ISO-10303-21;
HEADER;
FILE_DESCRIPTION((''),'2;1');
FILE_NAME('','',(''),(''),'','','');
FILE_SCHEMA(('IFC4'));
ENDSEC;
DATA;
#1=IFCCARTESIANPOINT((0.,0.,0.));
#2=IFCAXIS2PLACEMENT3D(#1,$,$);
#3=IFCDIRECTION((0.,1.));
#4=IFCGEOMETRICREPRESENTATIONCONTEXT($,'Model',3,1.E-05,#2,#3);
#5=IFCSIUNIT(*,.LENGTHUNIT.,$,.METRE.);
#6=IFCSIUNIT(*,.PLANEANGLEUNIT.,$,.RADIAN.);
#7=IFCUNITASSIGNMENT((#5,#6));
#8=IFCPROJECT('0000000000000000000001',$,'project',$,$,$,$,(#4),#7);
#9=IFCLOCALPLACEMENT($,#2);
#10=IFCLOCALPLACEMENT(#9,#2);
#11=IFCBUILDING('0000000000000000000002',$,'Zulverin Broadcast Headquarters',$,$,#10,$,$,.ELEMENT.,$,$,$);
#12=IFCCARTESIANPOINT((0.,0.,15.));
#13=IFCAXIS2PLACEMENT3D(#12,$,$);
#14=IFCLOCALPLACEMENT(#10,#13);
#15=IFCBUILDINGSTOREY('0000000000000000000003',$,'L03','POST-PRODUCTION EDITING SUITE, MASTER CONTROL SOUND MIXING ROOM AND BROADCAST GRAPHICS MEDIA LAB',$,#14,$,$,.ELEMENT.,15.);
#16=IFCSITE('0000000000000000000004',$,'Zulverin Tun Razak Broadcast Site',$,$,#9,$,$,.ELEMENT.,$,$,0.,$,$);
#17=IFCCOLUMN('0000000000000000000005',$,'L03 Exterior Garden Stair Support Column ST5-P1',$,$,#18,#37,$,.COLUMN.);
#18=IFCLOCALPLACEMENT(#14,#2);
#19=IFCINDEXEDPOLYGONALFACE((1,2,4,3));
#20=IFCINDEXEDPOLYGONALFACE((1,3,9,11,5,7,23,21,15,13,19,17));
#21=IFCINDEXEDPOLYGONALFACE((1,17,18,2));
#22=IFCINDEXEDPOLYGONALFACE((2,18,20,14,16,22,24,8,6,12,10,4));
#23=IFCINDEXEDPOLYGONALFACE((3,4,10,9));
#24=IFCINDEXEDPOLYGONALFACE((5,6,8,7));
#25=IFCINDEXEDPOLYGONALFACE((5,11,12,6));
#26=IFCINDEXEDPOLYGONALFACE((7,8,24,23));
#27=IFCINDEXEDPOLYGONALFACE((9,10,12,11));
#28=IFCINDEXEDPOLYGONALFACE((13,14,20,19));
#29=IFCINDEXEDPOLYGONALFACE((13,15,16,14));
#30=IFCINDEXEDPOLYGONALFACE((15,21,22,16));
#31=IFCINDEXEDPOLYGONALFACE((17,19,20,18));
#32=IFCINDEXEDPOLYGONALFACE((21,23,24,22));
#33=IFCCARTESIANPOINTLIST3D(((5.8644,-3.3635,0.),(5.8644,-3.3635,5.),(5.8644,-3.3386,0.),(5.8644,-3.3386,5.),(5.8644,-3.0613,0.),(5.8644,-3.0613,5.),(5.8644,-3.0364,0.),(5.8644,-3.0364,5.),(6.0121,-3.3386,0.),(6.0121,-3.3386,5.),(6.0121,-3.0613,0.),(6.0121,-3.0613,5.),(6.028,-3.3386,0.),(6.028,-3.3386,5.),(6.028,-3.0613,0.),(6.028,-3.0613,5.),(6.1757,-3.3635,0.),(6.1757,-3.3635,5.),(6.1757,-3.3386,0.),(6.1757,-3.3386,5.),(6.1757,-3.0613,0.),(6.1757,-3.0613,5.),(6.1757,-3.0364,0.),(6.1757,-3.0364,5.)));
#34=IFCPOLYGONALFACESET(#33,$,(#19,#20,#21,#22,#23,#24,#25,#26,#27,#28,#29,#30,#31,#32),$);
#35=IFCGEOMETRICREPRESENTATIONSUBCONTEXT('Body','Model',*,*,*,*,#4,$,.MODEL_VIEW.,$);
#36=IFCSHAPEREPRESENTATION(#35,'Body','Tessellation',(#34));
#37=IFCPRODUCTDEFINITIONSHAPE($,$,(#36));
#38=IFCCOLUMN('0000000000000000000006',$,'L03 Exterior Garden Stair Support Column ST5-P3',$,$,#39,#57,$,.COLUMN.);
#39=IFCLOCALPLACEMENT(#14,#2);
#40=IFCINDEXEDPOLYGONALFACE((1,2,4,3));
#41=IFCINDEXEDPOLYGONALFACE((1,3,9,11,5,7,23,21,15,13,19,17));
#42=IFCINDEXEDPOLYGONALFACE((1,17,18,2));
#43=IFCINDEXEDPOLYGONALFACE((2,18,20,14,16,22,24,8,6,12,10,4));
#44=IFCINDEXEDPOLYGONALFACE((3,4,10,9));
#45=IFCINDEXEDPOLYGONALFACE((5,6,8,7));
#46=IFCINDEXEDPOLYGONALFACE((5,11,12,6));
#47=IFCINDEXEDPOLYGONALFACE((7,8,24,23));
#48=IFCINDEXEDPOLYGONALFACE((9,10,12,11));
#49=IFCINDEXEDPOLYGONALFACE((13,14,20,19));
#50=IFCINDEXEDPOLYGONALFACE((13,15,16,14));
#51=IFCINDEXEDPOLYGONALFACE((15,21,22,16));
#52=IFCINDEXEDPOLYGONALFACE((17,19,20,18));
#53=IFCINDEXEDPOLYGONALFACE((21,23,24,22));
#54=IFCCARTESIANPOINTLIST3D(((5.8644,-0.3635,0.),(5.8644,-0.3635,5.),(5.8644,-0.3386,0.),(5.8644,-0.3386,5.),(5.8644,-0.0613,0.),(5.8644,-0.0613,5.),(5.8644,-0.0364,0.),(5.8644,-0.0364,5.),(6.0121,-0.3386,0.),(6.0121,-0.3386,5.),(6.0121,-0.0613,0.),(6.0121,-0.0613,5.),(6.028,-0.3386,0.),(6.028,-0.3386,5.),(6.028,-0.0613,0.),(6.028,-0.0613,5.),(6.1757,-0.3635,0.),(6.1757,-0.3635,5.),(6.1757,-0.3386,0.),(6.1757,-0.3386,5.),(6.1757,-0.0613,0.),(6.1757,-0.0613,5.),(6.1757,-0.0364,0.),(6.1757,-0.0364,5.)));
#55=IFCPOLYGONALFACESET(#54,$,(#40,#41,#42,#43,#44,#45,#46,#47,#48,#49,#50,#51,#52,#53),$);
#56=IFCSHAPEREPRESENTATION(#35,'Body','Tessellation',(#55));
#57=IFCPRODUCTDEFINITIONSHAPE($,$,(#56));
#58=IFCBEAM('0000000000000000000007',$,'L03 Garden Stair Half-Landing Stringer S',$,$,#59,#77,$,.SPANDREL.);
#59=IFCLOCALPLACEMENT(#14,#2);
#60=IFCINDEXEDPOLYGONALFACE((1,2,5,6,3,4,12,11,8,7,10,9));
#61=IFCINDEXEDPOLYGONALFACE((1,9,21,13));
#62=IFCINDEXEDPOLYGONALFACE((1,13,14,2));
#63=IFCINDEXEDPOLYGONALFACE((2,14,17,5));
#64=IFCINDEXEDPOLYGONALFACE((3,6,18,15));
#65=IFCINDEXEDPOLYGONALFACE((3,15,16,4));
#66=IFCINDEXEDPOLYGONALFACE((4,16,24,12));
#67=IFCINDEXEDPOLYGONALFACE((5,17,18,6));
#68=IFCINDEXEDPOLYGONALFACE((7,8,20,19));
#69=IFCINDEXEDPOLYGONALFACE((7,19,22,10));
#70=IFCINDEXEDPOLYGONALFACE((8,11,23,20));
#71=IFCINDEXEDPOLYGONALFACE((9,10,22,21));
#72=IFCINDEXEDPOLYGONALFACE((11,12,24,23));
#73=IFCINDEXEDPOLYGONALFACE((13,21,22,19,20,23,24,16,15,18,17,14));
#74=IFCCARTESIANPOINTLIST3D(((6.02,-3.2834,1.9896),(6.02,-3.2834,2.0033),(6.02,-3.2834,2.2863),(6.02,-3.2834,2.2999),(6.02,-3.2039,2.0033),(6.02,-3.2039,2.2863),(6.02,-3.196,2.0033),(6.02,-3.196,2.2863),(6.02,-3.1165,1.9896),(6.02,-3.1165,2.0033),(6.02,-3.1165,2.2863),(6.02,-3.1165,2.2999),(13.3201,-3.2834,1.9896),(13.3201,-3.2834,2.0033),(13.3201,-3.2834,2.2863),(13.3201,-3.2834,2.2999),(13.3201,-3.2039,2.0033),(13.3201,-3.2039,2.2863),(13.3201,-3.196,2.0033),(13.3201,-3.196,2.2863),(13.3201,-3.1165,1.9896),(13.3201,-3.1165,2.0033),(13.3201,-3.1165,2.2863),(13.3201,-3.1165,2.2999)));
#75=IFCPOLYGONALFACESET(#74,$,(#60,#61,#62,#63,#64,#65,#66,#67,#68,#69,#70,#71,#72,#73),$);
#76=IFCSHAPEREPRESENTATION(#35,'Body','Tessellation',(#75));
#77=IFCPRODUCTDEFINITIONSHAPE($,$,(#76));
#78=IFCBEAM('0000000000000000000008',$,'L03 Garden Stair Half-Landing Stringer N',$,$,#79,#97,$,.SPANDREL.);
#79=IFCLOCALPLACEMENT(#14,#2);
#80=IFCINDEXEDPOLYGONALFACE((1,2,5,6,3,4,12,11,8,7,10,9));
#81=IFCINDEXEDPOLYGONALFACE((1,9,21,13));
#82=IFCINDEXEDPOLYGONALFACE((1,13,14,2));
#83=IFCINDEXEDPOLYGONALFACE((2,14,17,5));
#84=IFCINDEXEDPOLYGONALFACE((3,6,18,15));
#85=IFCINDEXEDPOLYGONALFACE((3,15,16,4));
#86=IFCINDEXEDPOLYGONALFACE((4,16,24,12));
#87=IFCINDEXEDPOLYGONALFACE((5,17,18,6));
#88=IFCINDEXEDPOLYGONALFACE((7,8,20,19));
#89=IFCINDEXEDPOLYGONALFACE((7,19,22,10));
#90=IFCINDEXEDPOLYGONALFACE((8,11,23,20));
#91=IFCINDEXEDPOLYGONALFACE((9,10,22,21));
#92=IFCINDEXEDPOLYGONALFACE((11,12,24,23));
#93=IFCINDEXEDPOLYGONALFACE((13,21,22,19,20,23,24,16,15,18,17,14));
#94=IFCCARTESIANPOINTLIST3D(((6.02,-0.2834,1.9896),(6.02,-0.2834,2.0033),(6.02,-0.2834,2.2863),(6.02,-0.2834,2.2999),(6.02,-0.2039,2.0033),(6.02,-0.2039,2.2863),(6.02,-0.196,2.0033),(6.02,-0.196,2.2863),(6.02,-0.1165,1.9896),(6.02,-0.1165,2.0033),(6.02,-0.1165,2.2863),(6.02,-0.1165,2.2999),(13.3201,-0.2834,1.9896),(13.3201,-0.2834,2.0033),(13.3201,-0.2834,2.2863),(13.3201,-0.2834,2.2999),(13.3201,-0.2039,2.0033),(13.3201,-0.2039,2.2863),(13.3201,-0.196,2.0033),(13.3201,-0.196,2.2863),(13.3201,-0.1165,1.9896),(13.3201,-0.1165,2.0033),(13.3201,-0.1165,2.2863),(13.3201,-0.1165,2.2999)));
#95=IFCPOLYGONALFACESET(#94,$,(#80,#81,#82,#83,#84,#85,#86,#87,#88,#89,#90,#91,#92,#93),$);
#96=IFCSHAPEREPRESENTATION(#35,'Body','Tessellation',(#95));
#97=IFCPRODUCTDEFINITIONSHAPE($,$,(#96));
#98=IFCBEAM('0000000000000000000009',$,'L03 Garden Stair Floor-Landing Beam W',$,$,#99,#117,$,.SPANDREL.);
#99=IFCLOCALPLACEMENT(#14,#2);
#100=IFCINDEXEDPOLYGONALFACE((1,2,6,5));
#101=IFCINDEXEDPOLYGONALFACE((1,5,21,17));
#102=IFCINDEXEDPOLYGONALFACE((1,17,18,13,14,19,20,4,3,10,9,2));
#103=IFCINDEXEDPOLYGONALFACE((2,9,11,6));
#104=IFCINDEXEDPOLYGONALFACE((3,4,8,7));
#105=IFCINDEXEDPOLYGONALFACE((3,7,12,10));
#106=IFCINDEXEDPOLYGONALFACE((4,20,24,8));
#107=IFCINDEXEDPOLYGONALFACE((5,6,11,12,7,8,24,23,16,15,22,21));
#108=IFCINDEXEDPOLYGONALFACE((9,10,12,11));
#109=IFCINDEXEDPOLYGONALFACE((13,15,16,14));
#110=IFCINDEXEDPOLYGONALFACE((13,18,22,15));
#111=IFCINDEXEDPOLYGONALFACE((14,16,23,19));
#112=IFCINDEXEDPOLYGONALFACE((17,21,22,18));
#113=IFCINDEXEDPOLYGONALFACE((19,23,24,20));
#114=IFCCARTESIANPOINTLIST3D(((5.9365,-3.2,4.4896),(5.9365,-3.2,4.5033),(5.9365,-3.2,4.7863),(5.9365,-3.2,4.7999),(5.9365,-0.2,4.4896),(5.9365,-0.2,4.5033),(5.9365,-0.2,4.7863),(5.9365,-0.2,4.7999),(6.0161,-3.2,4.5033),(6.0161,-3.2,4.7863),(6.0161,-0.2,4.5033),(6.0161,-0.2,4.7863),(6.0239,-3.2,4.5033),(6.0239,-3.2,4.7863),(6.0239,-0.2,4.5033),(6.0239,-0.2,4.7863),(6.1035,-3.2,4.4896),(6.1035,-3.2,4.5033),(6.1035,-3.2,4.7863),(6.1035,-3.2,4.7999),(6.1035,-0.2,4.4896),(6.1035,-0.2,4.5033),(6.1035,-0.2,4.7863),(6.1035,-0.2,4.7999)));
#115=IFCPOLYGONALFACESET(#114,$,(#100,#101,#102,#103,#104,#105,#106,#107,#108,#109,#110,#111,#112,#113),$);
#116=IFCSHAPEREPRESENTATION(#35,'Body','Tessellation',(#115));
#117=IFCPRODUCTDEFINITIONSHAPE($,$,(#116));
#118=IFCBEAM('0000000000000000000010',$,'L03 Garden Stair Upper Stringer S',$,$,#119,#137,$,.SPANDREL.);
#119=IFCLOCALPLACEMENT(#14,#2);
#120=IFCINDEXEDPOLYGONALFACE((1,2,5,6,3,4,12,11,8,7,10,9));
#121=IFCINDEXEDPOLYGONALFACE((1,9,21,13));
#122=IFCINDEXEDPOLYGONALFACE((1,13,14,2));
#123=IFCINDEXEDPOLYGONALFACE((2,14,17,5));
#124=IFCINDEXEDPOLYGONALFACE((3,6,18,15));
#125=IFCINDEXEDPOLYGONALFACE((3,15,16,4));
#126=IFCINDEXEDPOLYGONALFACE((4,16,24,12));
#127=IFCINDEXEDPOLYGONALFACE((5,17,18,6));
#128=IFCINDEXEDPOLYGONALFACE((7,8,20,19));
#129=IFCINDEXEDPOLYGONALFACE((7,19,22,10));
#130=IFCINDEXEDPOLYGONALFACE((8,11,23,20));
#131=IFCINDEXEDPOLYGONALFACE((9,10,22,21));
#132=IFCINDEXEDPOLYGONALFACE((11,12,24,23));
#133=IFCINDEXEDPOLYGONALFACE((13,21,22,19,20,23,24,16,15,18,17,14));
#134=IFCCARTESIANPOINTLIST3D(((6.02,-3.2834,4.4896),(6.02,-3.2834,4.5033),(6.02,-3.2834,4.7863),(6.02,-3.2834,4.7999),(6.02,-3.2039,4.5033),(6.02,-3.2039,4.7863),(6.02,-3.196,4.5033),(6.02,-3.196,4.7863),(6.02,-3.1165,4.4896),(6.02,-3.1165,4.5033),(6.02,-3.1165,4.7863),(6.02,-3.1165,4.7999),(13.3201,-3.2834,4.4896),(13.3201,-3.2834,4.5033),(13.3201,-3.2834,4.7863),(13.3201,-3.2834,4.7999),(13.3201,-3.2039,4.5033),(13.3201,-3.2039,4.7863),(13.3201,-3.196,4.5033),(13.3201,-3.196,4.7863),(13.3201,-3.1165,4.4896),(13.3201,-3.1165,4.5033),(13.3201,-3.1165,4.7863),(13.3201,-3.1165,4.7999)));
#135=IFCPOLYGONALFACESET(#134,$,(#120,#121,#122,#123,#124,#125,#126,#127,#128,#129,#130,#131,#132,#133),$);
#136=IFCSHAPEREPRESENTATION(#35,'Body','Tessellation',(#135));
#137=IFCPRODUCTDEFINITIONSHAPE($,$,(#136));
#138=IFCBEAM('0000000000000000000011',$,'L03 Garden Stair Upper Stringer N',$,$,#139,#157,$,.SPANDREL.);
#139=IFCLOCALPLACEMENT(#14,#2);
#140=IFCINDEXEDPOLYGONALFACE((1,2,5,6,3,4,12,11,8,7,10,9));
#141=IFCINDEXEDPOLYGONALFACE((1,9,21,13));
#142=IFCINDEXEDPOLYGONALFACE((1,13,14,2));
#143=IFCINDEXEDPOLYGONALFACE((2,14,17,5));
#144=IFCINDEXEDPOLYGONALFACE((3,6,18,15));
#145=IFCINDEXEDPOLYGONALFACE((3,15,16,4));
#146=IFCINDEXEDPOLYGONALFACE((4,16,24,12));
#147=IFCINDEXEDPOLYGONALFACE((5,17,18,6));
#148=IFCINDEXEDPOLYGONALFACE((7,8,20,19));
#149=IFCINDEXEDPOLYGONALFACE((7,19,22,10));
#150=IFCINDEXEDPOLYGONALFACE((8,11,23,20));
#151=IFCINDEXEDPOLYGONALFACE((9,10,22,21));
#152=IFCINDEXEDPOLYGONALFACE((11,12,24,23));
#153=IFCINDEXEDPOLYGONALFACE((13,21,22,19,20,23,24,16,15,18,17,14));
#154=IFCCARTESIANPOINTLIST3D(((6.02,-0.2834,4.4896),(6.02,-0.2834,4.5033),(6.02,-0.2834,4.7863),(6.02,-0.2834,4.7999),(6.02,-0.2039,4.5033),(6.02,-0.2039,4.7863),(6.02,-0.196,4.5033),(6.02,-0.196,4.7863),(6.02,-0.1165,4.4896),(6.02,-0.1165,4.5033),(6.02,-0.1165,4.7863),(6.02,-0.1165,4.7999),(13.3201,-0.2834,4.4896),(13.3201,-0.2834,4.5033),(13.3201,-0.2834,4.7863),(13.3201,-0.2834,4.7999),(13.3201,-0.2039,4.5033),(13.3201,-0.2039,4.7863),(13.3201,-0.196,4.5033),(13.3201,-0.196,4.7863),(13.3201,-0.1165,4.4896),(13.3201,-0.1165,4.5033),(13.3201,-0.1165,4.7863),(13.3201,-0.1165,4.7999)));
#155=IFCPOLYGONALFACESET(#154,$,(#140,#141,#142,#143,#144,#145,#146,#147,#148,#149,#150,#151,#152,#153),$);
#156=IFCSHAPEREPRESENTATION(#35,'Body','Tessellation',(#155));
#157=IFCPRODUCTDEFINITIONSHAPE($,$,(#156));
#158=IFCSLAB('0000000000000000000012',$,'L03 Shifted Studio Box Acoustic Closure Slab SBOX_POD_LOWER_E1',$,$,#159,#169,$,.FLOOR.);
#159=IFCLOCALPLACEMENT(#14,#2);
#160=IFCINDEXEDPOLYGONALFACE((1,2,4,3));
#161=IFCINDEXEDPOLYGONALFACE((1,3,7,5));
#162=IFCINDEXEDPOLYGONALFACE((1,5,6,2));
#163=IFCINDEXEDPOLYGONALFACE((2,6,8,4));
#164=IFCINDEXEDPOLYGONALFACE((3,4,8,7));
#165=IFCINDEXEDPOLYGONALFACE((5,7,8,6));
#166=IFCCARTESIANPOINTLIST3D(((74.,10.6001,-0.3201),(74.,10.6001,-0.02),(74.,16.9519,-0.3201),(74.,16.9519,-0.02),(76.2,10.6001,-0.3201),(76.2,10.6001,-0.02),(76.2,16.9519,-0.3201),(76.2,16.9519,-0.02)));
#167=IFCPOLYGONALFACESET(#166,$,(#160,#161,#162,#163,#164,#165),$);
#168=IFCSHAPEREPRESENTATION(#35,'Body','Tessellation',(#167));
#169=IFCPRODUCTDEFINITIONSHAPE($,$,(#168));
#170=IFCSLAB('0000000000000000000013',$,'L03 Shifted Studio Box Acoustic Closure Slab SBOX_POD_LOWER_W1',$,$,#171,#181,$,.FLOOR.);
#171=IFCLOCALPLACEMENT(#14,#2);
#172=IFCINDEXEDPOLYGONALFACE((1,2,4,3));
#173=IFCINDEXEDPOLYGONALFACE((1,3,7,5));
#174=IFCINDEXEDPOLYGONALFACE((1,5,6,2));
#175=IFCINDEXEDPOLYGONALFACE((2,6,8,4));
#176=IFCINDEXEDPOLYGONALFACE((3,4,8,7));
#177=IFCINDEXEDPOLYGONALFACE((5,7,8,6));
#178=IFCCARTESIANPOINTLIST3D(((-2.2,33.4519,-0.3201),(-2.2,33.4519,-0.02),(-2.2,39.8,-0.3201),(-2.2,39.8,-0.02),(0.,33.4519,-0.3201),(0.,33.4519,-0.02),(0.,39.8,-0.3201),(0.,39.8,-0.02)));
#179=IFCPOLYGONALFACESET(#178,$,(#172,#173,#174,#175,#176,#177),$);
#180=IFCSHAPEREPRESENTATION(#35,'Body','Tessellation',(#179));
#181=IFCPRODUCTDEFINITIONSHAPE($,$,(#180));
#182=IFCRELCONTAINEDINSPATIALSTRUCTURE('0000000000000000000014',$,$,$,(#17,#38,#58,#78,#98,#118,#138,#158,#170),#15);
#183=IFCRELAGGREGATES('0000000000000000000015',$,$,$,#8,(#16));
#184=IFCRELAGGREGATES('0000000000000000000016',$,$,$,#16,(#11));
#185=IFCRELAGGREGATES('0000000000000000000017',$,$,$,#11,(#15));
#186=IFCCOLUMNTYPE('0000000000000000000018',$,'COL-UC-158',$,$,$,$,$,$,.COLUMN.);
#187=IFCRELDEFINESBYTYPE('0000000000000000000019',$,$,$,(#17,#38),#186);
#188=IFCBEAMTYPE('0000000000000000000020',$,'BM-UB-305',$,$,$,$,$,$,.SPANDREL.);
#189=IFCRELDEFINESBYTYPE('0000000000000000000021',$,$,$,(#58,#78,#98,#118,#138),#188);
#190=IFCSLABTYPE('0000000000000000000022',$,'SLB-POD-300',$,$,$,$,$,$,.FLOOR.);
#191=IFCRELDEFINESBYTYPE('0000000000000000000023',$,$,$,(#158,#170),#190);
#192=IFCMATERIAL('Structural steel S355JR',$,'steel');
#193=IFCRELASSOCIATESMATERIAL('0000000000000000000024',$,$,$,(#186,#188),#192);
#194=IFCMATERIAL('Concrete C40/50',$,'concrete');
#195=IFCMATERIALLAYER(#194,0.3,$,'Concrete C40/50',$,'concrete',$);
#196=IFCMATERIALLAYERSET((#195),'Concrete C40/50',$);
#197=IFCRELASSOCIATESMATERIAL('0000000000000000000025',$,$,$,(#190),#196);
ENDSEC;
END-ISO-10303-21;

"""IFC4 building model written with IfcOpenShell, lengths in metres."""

from ifc_helpers import new_model, si_unit, direction, frame, origin, origin_2d, place, context, subcontext, project, spatial, polyline, i_section, outline, extrude, material, layer, layer_set, material_profile, profile_set, type_object, element, save


model = new_model("IFC4")

# Units and contexts
model_context = context("Model", 3, precision=1e-05, world=origin(), true_north=direction((0.0, 1.0)))
body_context = subcontext(model_context, "Body", "Model", "MODEL_VIEW")
ifc_project = project(units=[si_unit("LENGTHUNIT", "METRE"), si_unit("PLANEANGLEUNIT", "RADIAN")], contexts=[model_context])

# Site, building, storey
site_placement = place(None, origin())
site = spatial("IfcSite", under=ifc_project, at=site_placement, Name="Zulverin Tun Razak Broadcast Site", CompositionType="ELEMENT", RefElevation=0.0)
building_placement = place(site_placement, origin())
building = spatial("IfcBuilding", under=site, at=building_placement, Name="Zulverin Broadcast Headquarters", CompositionType="ELEMENT")
storey_placement = place(building_placement, frame((0.0, 0.0, 15.0)))
storey = spatial("IfcBuildingStorey", under=building, at=storey_placement, Name="L03", Description="POST-PRODUCTION EDITING SUITE, MASTER CONTROL SOUND MIXING ROOM AND BROADCAST GRAPHICS MEDIA LAB", CompositionType="ELEMENT", Elevation=15.0)

# Columns
ifc_material_1 = material(Name="Structural steel S355JR", Category="steel")
ifc_material_profile_1 = material_profile(ifc_material_1, i_section(OverallWidth=0.3113, OverallDepth=0.3271, WebThickness=0.0159, FlangeThickness=0.0249, at=origin_2d()), Name="Structural steel S355JR", Category="steel")
ifc_profile_set_1 = profile_set([ifc_material_profile_1], Name="Structural steel S355JR")
column_type = type_object("IfcColumnType", Name="COL-UC-158", PredefinedType="COLUMN", material=ifc_profile_set_1)
for number, where, z_axis, x_axis, name in (
    (1, (6.02, -3.2, 0.0), (0.0, 0.0, 1.0), (1.0, 0.0, 0.0), "L03 Exterior Garden Stair Support Column ST5-P1"),
    (2, (6.02, -0.2, 0.0), (0.0, 0.0, 1.0), (1.0, 0.0, 0.0), "L03 Exterior Garden Stair Support Column ST5-P3"),
):
    element("IfcColumn", number, at=place(storey_placement, frame(where, z_axis=z_axis, x_axis=x_axis)), inside=storey, type_object=column_type, Name=name, PredefinedType="COLUMN", context=body_context, shape_type="SweptSolid", body=[
        extrude(i_section(OverallWidth=0.3113, OverallDepth=0.3271, WebThickness=0.0159, FlangeThickness=0.0249, at=origin_2d()), origin(), (0.0, 0.0, 1.0), 5.0),
    ])

# Beams
ifc_material_profile_2 = material_profile(ifc_material_1, i_section(OverallWidth=0.167, OverallDepth=0.3103, WebThickness=0.0078, FlangeThickness=0.0137, at=origin_2d()), Name="Structural steel S355JR", Category="steel")
ifc_profile_set_2 = profile_set([ifc_material_profile_2], Name="Structural steel S355JR")
beam_type = type_object("IfcBeamType", Name="BM-UB-305", PredefinedType="SPANDREL", material=ifc_profile_set_2)
for number, where, z_axis, x_axis, name in (
    (3, (6.02, -3.2, 2.1448), (1.0, 0.0, 0.0), (0.0, 1.0, 0.0), "L03 Garden Stair Half-Landing Stringer S"),
    (4, (6.02, -0.2, 2.1448), (1.0, 0.0, 0.0), (0.0, 1.0, 0.0), "L03 Garden Stair Half-Landing Stringer N"),
):
    element("IfcBeam", number, at=place(storey_placement, frame(where, z_axis=z_axis, x_axis=x_axis)), inside=storey, type_object=beam_type, Name=name, PredefinedType="SPANDREL", context=body_context, shape_type="SweptSolid", body=[
        extrude(i_section(OverallWidth=0.167, OverallDepth=0.3103, WebThickness=0.0078, FlangeThickness=0.0137, at=origin_2d()), origin(), (0.0, 0.0, 1.0), 7.3),
    ])
beam_placement = place(storey_placement, frame((6.02, -3.2, 4.6448), z_axis=(0.0, 1.0, 0.0), x_axis=(-1.0, 0.0, 0.0)))
element("IfcBeam", 5, at=beam_placement, inside=storey, type_object=beam_type, Name="L03 Garden Stair Floor-Landing Beam W", PredefinedType="SPANDREL", context=body_context, shape_type="SweptSolid", body=[
    extrude(i_section(OverallWidth=0.167, OverallDepth=0.3103, WebThickness=0.0078, FlangeThickness=0.0137, at=origin_2d()), origin(), (0.0, 0.0, 1.0), 3.0),
])
for number, where, z_axis, x_axis, name in (
    (6, (6.02, -3.2, 4.6448), (1.0, 0.0, 0.0), (0.0, 1.0, 0.0), "L03 Garden Stair Upper Stringer S"),
    (7, (6.02, -0.2, 4.6448), (1.0, 0.0, 0.0), (0.0, 1.0, 0.0), "L03 Garden Stair Upper Stringer N"),
):
    element("IfcBeam", number, at=place(storey_placement, frame(where, z_axis=z_axis, x_axis=x_axis)), inside=storey, type_object=beam_type, Name=name, PredefinedType="SPANDREL", context=body_context, shape_type="SweptSolid", body=[
        extrude(i_section(OverallWidth=0.167, OverallDepth=0.3103, WebThickness=0.0078, FlangeThickness=0.0137, at=origin_2d()), origin(), (0.0, 0.0, 1.0), 7.3),
    ])

# Slabs
ifc_material_2 = material(Name="Concrete C40/50", Category="concrete")
ifc_layer_1 = layer(ifc_material_2, 0.3, Name="Concrete C40/50", Category="concrete")
ifc_layer_set_1 = layer_set([ifc_layer_1], Name="Concrete C40/50")
slab_type_1 = type_object("IfcSlabType", Name="SLB-POD-300", PredefinedType="FLOOR", material=ifc_layer_set_1)
slab_1_placement = place(storey_placement, frame((0.0, 0.0, -0.3201)))
element("IfcSlab", 8, at=slab_1_placement, inside=storey, type_object=slab_type_1, Name="L03 Shifted Studio Box Acoustic Closure Slab SBOX_POD_LOWER_E1", PredefinedType="FLOOR", context=body_context, shape_type="SweptSolid", body=[
    extrude(outline(polyline([(74.0, 16.9519), (74.0, 10.6001), (76.2, 10.6001), (76.2, 16.9519), (74.0, 16.9519)])), origin(), (0.0, 0.0, 1.0), 0.3),
])
slab_2_placement = place(storey_placement, frame((0.0, 0.0, -0.3201)))
element("IfcSlab", 9, at=slab_2_placement, inside=storey, type_object=slab_type_1, Name="L03 Shifted Studio Box Acoustic Closure Slab SBOX_POD_LOWER_W1", PredefinedType="FLOOR", context=body_context, shape_type="SweptSolid", body=[
    extrude(outline(polyline([(0.0, 39.8), (-2.2, 39.8), (-2.2, 33.4519), (0.0, 33.4519), (0.0, 39.8)])), origin(), (0.0, 0.0, 1.0), 0.3),
])

save(model, "model.ifc")
